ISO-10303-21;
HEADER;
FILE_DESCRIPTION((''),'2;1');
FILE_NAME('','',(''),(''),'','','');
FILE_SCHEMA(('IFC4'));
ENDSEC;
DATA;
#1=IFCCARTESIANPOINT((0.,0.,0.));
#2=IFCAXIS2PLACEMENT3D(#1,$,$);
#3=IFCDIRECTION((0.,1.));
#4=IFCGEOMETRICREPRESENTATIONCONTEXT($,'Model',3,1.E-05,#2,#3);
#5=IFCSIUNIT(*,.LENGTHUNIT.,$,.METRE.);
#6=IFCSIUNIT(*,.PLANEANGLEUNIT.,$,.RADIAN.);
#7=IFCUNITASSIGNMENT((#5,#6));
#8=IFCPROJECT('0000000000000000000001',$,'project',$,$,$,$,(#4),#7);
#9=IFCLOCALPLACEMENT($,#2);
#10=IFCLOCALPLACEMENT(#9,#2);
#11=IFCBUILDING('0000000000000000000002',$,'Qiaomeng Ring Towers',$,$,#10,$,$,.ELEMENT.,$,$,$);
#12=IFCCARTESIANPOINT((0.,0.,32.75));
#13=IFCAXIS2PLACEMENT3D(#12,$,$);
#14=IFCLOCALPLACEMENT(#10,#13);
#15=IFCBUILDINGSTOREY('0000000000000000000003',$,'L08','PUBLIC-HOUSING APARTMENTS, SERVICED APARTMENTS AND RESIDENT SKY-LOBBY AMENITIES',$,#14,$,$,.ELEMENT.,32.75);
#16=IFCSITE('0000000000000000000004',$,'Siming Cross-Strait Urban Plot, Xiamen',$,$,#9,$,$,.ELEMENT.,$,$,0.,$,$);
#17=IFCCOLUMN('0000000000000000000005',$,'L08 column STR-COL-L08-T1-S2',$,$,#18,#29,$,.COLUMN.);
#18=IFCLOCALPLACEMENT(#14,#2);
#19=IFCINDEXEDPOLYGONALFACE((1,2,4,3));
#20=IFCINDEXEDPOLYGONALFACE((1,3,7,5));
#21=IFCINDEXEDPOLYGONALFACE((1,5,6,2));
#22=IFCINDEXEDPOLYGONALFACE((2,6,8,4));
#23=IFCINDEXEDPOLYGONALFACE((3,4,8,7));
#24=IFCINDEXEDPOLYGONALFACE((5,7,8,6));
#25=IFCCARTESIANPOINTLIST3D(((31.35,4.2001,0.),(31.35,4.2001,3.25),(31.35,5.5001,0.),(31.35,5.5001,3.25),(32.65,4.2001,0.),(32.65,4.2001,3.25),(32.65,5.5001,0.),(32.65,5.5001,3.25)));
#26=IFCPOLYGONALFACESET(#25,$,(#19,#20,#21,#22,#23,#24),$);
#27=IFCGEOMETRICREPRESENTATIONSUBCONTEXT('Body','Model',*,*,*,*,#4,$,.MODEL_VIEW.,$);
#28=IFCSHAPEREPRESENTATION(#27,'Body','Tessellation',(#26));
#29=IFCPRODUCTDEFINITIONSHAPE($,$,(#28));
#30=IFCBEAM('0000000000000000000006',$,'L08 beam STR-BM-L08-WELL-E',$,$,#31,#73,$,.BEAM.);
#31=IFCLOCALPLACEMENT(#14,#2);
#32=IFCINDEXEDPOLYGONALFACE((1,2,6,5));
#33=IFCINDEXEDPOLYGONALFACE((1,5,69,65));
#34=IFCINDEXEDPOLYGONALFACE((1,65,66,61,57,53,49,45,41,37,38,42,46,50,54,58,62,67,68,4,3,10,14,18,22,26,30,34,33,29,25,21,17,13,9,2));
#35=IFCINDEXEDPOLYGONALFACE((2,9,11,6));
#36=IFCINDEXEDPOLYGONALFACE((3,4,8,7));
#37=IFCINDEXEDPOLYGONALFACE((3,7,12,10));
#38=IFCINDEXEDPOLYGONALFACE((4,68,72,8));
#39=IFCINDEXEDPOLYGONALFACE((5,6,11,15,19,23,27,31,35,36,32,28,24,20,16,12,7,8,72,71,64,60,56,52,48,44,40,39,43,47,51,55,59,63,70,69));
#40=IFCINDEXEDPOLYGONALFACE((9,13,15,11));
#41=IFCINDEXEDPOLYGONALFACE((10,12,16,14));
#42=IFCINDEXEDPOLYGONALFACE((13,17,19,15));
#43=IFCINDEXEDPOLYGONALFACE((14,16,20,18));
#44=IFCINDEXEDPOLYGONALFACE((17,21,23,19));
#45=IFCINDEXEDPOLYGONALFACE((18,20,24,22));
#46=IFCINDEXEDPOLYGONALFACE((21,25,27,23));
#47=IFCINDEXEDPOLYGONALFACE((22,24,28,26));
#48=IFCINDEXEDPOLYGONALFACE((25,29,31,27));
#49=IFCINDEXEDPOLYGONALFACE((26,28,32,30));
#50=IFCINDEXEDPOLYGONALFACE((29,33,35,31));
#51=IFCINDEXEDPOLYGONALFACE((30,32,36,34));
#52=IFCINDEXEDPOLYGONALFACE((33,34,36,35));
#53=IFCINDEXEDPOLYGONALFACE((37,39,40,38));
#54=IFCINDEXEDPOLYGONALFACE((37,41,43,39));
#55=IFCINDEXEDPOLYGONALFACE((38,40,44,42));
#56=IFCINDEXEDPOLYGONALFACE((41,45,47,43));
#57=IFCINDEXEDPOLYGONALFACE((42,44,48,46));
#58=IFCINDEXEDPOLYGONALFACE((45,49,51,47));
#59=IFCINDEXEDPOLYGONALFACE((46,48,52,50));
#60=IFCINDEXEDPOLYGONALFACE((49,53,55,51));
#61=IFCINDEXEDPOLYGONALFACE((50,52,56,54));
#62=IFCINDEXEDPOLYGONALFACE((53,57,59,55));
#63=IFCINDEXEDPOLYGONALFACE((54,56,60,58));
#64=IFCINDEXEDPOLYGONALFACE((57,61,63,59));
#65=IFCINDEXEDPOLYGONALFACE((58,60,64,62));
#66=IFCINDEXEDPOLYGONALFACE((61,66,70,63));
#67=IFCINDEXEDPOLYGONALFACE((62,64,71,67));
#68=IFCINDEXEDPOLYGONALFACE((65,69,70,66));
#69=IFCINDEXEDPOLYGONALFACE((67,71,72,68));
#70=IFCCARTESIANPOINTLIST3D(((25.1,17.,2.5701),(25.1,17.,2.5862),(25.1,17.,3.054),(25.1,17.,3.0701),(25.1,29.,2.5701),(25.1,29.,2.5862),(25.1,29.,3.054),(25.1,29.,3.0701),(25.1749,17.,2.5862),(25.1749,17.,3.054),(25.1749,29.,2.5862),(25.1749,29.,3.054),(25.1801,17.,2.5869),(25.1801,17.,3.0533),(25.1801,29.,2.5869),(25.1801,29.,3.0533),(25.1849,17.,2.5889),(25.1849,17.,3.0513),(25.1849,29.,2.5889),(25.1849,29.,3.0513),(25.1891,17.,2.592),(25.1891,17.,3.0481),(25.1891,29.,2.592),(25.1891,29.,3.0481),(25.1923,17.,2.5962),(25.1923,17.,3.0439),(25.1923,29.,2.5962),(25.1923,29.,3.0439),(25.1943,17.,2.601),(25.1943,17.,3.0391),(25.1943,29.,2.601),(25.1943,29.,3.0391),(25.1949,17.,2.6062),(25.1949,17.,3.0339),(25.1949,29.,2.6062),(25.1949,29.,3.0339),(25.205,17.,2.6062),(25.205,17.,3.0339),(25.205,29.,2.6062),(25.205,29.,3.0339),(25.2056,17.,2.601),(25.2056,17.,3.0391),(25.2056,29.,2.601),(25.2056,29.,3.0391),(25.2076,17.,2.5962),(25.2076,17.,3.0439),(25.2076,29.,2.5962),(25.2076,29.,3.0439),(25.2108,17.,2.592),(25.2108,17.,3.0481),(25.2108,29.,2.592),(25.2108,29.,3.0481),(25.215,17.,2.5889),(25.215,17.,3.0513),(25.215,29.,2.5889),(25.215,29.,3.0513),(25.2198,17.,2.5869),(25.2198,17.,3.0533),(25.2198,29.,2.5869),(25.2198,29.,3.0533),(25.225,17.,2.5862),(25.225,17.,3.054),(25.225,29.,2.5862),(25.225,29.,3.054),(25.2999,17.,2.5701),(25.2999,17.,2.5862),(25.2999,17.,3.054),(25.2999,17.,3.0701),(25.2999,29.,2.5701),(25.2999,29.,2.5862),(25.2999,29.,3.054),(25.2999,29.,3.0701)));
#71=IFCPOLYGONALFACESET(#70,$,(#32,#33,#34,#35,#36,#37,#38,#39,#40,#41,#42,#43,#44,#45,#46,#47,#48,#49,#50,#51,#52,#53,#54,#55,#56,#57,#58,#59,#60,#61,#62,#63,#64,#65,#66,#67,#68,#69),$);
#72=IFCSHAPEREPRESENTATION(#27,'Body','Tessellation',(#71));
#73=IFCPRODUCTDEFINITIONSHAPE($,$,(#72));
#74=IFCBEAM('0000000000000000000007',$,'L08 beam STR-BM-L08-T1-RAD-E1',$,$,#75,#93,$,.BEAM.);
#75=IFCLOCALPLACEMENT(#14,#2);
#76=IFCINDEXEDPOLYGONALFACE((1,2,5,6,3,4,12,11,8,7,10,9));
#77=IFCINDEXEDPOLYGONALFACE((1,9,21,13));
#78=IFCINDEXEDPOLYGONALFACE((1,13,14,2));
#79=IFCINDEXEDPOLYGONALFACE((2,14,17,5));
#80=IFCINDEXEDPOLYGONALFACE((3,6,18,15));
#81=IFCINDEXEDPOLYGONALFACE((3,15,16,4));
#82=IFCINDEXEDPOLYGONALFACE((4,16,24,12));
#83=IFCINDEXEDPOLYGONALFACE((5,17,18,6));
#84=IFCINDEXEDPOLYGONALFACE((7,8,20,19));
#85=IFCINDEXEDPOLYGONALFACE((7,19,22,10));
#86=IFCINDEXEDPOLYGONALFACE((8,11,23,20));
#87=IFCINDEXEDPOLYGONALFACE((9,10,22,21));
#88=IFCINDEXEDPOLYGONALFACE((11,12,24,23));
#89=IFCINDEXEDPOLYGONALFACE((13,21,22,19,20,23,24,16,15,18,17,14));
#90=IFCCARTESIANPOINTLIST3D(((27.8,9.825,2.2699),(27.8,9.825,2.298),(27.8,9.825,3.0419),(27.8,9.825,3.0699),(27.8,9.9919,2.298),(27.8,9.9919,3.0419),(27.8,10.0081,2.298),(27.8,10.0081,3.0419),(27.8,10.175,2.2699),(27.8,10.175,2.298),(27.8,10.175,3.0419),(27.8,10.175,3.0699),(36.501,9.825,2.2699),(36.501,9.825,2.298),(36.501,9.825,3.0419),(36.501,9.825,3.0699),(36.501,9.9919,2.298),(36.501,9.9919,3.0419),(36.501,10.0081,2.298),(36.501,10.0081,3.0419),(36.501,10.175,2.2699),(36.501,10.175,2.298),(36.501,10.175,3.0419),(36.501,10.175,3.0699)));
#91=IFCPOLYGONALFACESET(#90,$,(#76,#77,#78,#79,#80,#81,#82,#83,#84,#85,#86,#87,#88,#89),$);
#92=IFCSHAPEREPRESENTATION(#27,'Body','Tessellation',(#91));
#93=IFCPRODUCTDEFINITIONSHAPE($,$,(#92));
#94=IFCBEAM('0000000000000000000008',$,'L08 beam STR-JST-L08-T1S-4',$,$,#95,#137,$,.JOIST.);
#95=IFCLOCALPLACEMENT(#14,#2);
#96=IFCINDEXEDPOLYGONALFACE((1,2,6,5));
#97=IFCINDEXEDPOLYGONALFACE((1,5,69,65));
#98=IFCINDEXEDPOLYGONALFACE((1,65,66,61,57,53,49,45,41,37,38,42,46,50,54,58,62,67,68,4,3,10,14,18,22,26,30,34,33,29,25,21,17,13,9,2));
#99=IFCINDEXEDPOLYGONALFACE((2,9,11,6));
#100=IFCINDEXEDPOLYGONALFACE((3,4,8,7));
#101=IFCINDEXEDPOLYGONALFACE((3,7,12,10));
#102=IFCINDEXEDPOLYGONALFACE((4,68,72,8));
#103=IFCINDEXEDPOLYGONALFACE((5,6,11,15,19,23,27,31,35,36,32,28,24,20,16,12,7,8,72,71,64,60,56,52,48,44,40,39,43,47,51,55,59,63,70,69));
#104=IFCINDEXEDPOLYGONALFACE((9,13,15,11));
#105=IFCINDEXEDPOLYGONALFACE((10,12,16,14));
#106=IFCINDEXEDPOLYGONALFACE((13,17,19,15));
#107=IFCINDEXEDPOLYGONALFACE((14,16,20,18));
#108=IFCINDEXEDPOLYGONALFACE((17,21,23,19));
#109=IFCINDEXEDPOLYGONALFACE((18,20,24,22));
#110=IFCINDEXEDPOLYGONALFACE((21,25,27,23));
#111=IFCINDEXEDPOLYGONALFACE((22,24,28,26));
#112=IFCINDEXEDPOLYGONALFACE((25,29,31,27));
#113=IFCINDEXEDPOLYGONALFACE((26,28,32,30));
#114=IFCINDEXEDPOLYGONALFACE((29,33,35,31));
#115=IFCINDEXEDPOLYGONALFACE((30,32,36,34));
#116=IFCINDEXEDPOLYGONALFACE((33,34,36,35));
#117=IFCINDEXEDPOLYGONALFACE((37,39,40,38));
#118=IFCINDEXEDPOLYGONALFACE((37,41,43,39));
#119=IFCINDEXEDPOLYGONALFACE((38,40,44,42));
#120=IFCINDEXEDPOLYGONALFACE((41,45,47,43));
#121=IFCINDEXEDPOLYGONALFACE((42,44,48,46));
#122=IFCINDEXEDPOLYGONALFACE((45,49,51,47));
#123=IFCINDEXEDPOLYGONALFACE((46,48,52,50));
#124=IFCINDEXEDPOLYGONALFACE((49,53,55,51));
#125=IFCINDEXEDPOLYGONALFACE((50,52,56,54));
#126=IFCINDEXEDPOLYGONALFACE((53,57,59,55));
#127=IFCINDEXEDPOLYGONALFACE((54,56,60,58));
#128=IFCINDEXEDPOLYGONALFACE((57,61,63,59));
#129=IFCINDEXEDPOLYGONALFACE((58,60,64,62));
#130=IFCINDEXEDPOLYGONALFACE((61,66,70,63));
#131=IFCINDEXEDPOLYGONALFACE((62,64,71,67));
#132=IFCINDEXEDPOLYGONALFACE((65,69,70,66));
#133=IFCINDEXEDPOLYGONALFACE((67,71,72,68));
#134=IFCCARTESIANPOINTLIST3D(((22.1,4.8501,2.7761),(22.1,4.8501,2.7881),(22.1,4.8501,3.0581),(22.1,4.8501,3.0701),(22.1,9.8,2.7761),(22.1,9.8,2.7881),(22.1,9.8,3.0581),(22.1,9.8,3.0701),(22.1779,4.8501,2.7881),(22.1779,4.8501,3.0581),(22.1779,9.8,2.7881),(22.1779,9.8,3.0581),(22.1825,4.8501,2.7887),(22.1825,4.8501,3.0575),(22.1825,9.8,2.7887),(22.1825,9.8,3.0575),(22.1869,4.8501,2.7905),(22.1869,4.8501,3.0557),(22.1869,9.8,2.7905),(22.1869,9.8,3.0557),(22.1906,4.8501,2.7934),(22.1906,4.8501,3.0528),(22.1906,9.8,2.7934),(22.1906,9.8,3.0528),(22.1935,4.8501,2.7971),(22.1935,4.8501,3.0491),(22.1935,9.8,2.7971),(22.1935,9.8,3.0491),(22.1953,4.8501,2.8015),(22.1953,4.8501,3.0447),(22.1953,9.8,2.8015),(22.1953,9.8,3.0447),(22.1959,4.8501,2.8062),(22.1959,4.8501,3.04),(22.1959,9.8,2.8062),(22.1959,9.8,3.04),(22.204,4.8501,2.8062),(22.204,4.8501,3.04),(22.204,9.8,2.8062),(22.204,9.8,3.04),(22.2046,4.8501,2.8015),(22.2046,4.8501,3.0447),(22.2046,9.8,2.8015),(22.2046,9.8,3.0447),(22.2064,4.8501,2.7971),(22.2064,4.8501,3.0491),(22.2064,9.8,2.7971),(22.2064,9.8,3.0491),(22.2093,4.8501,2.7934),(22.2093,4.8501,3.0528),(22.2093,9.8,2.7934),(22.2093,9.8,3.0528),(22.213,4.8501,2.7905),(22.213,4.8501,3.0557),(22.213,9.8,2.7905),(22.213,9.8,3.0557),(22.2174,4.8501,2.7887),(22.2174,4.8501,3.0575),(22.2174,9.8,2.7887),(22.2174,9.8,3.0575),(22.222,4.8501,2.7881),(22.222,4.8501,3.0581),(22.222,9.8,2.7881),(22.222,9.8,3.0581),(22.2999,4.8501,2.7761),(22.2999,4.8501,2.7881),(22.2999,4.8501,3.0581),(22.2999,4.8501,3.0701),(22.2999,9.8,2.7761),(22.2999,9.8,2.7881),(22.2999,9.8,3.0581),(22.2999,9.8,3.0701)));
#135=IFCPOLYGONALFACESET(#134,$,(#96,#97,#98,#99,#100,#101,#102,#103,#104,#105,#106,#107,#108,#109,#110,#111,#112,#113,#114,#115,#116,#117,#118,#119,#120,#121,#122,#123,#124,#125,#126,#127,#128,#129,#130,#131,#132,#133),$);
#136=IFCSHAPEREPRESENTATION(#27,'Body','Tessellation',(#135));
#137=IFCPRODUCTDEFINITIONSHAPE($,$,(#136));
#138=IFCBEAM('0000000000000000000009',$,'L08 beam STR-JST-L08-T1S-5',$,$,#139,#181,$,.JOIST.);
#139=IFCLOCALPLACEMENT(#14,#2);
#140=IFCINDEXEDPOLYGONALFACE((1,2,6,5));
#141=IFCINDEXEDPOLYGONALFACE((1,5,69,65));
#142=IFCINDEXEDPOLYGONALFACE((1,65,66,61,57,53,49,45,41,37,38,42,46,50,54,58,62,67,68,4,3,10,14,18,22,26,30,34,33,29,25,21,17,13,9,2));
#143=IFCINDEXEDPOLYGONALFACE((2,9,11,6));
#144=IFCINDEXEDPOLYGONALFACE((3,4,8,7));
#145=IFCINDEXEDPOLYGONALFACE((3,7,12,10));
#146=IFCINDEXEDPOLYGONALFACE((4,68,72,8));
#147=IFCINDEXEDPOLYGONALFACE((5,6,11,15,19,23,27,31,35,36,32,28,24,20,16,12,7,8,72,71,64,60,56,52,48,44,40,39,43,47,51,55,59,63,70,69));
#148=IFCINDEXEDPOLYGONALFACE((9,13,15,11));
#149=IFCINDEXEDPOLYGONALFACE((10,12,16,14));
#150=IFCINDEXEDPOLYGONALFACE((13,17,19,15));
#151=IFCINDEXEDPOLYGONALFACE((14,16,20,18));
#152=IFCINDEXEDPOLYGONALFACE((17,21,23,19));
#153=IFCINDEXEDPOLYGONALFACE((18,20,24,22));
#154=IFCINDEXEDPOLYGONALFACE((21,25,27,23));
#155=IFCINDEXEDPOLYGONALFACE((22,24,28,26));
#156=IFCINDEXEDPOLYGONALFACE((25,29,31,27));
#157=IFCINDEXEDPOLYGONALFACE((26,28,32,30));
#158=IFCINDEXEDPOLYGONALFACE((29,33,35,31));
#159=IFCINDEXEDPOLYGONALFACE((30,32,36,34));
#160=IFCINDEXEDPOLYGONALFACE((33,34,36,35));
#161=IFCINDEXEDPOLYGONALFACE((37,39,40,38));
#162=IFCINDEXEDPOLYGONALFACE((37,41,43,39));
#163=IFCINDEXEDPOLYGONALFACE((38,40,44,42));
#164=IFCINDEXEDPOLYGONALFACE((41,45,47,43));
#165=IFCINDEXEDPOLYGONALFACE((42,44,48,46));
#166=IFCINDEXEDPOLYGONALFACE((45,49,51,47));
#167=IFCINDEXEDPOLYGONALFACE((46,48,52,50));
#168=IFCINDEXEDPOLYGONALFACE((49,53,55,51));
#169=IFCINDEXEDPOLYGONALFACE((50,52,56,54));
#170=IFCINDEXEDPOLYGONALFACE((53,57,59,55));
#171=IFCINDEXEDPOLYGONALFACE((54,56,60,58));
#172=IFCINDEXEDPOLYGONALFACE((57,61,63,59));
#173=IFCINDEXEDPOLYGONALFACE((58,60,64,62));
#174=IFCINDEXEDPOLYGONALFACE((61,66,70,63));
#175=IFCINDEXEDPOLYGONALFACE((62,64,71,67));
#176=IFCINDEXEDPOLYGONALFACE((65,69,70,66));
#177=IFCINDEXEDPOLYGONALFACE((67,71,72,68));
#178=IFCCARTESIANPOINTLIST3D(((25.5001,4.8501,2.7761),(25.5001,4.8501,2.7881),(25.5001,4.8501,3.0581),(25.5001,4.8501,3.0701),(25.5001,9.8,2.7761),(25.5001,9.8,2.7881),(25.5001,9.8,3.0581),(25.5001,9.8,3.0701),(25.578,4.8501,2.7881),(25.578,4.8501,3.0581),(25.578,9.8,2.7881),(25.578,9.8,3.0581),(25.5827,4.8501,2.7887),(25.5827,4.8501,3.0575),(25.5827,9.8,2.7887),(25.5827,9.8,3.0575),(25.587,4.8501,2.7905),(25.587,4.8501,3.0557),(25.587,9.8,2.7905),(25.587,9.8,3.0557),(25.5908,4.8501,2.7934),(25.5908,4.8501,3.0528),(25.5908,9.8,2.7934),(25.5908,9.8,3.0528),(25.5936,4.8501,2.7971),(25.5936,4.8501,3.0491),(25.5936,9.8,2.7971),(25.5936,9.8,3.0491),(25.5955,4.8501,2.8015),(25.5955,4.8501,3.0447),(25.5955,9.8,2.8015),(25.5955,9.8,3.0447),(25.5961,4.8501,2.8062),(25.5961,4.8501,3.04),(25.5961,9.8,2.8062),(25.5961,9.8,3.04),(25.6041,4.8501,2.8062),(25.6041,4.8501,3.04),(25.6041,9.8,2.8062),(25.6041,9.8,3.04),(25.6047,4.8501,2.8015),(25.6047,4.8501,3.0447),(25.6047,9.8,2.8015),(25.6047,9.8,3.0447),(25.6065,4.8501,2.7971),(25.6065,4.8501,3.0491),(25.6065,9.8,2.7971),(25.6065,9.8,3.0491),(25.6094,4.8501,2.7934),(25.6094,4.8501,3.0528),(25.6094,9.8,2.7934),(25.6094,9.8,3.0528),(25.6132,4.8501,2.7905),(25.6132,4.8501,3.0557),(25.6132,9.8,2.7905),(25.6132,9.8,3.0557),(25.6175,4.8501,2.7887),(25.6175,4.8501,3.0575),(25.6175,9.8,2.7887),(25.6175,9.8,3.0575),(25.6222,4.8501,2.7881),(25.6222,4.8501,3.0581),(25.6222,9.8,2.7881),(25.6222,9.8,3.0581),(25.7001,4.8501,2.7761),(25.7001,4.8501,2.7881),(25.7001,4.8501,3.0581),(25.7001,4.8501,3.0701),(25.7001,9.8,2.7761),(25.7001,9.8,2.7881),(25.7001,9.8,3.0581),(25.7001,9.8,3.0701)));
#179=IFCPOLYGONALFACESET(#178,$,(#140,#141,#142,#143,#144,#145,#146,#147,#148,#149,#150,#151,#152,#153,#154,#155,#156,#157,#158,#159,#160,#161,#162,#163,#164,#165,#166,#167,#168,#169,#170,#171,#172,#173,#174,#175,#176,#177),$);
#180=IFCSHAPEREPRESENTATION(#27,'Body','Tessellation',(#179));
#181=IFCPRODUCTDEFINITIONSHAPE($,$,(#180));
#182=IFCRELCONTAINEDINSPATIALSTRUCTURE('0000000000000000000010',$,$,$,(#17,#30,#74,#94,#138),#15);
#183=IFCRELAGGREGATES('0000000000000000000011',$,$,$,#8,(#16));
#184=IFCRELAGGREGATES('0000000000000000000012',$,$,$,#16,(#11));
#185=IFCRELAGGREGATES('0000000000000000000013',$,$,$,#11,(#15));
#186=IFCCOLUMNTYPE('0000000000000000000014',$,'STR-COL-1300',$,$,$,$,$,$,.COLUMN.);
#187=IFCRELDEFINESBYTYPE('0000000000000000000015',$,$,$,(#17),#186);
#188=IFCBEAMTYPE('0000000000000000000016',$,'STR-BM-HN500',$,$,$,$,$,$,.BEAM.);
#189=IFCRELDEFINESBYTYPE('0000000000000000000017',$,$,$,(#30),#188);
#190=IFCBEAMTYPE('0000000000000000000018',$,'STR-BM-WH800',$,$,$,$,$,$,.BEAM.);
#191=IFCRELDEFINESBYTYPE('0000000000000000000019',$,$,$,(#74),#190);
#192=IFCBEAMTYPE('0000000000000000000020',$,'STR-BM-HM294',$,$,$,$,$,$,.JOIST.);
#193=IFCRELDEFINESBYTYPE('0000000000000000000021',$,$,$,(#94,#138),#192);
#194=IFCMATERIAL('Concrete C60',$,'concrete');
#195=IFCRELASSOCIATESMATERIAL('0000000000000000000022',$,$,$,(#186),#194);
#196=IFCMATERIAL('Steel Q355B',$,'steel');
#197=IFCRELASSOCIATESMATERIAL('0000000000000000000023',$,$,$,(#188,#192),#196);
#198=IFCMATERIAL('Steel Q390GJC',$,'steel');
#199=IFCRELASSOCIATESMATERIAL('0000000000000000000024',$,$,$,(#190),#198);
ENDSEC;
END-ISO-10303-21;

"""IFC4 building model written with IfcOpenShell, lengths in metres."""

from ifc_helpers import new_model, si_unit, direction, frame, origin, origin_2d, place, context, subcontext, project, spatial, rectangle, i_section, extrude, source, transform, mapped, material, material_profile, profile_set, type_object, element, save


model = new_model("IFC4")

# Units and contexts
model_context = context("Model", 3, precision=1e-05, world=origin(), true_north=direction((0.0, 1.0)))
body_context = subcontext(model_context, "Body", "Model", "MODEL_VIEW")
ifc_project = project(units=[si_unit("LENGTHUNIT", "METRE"), si_unit("PLANEANGLEUNIT", "RADIAN")], contexts=[model_context])

# Site, building, storey
site_placement = place(None, origin())
site = spatial("IfcSite", under=ifc_project, at=site_placement, Name="Siming Cross-Strait Urban Plot, Xiamen", CompositionType="ELEMENT", RefElevation=0.0)
building_placement = place(site_placement, origin())
building = spatial("IfcBuilding", under=site, at=building_placement, Name="Qiaomeng Ring Towers", CompositionType="ELEMENT")
storey_placement = place(building_placement, frame((0.0, 0.0, 32.75)))
storey = spatial("IfcBuildingStorey", under=building, at=storey_placement, Name="L08", Description="PUBLIC-HOUSING APARTMENTS, SERVICED APARTMENTS AND RESIDENT SKY-LOBBY AMENITIES", CompositionType="ELEMENT", Elevation=32.75)

# Column
ifc_material_1 = material(Name="Concrete C60", Category="concrete")
ifc_material_profile_1 = material_profile(ifc_material_1, rectangle(XDim=1.3, YDim=1.3, at=origin_2d()), Name="RC COL 1300x1300")
ifc_profile_set_1 = profile_set([ifc_material_profile_1], Name="Concrete C60")
column_type = type_object("IfcColumnType", Name="STR-COL-1300", PredefinedType="COLUMN", material=ifc_profile_set_1)
shared_shape_1 = source(origin(), body_context, "Body", "SweptSolid", [
    extrude(rectangle(XDim=1.3, YDim=1.3, at=origin_2d()), origin(), (0.0, 0.0, 1.0), 3.25),
])
column_placement = place(storey_placement, frame((32.0, 4.8501, 0.0), z_axis=(0.0, 0.0, 1.0), x_axis=(1.0, 0.0, 0.0)))
element("IfcColumn", 1, at=column_placement, inside=storey, type_object=column_type, Name="L08 column STR-COL-L08-T1-S2", PredefinedType="COLUMN", context=body_context, shape_type="MappedRepresentation", body=[
    mapped(shared_shape_1, transform((0.0, 0.0, 0.0), x_axis=(1.0, 0.0, 0.0), y_axis=(0.0, 1.0, 0.0), z_axis=(0.0, 0.0, 1.0), scale=1.0)),
])

# Beams
ifc_material_2 = material(Name="Steel Q355B", Category="steel")
ifc_material_profile_2 = material_profile(ifc_material_2, i_section(OverallWidth=0.2, OverallDepth=0.5, WebThickness=0.01, FlangeThickness=0.0161, FilletRadius=0.02, at=origin_2d()), Name="HN 500x200x10x16")
ifc_profile_set_2 = profile_set([ifc_material_profile_2], Name="Steel Q355B")
beam_type_1 = type_object("IfcBeamType", Name="STR-BM-HN500", PredefinedType="BEAM", material=ifc_profile_set_2)
shared_shape_2 = source(origin(), body_context, "Body", "SweptSolid", [
    extrude(i_section(OverallWidth=0.2, OverallDepth=0.5, WebThickness=0.01, FlangeThickness=0.0161, FilletRadius=0.02, at=origin_2d()), origin(), (0.0, 0.0, 1.0), 12.0),
])
beam_1_placement = place(storey_placement, frame((25.2, 17.0, 2.8201), z_axis=(0.0, 1.0, 0.0), x_axis=(-1.0, 0.0, 0.0)))
element("IfcBeam", 2, at=beam_1_placement, inside=storey, type_object=beam_type_1, Name="L08 beam STR-BM-L08-WELL-E", PredefinedType="BEAM", context=body_context, shape_type="MappedRepresentation", body=[
    mapped(shared_shape_2, transform((0.0, 0.0, 0.0), x_axis=(1.0, 0.0, 0.0), y_axis=(0.0, 1.0, 0.0), z_axis=(0.0, 0.0, 1.0), scale=1.0)),
])
ifc_material_3 = material(Name="Steel Q390GJC", Category="steel")
ifc_material_profile_3 = material_profile(ifc_material_3, i_section(OverallWidth=0.3501, OverallDepth=0.8, WebThickness=0.0161, FlangeThickness=0.0281, at=origin_2d()), Name="WH 800x350x16x28")
ifc_profile_set_3 = profile_set([ifc_material_profile_3], Name="Steel Q390GJC")
beam_type_2 = type_object("IfcBeamType", Name="STR-BM-WH800", PredefinedType="BEAM", material=ifc_profile_set_3)
shared_shape_3 = source(origin(), body_context, "Body", "SweptSolid", [
    extrude(i_section(OverallWidth=0.3501, OverallDepth=0.8, WebThickness=0.0161, FlangeThickness=0.0281, at=origin_2d()), origin(), (0.0, 0.0, 1.0), 8.7009),
])
beam_2_placement = place(storey_placement, frame((27.8, 10.0, 2.6699), z_axis=(1.0, 0.0, 0.0), x_axis=(0.0, 1.0, 0.0)))
element("IfcBeam", 3, at=beam_2_placement, inside=storey, type_object=beam_type_2, Name="L08 beam STR-BM-L08-T1-RAD-E1", PredefinedType="BEAM", context=body_context, shape_type="MappedRepresentation", body=[
    mapped(shared_shape_3, transform((0.0, 0.0, 0.0), x_axis=(1.0, 0.0, 0.0), y_axis=(0.0, 1.0, 0.0), z_axis=(0.0, 0.0, 1.0), scale=1.0)),
])
ifc_material_profile_4 = material_profile(ifc_material_2, i_section(OverallWidth=0.2, OverallDepth=0.2939, WebThickness=0.0081, FlangeThickness=0.012, FilletRadius=0.0181, at=origin_2d()), Name="HM 294x200x8x12")
ifc_profile_set_4 = profile_set([ifc_material_profile_4], Name="Steel Q355B")
beam_type_3 = type_object("IfcBeamType", Name="STR-BM-HM294", PredefinedType="JOIST", material=ifc_profile_set_4)
shared_shape_4 = source(origin(), body_context, "Body", "SweptSolid", [
    extrude(i_section(OverallWidth=0.2, OverallDepth=0.2939, WebThickness=0.0081, FlangeThickness=0.012, FilletRadius=0.0181, at=origin_2d()), origin(), (0.0, 0.0, 1.0), 4.95),
])
for number, where, z_axis, x_axis, name in (
    (4, (22.2, 4.8501, 2.9231), (0.0, 1.0, 0.0), (-1.0, 0.0, 0.0), "L08 beam STR-JST-L08-T1S-4"),
    (5, (25.6001, 4.8501, 2.9231), (0.0, 1.0, 0.0), (-1.0, 0.0, 0.0), "L08 beam STR-JST-L08-T1S-5"),
):
    element("IfcBeam", number, at=place(storey_placement, frame(where, z_axis=z_axis, x_axis=x_axis)), inside=storey, type_object=beam_type_3, Name=name, PredefinedType="JOIST", context=body_context, shape_type="MappedRepresentation", body=[
        mapped(shared_shape_4, transform((0.0, 0.0, 0.0), x_axis=(1.0, 0.0, 0.0), y_axis=(0.0, 1.0, 0.0), z_axis=(0.0, 0.0, 1.0), scale=1.0)),
    ])

save(model, "model.ifc")
